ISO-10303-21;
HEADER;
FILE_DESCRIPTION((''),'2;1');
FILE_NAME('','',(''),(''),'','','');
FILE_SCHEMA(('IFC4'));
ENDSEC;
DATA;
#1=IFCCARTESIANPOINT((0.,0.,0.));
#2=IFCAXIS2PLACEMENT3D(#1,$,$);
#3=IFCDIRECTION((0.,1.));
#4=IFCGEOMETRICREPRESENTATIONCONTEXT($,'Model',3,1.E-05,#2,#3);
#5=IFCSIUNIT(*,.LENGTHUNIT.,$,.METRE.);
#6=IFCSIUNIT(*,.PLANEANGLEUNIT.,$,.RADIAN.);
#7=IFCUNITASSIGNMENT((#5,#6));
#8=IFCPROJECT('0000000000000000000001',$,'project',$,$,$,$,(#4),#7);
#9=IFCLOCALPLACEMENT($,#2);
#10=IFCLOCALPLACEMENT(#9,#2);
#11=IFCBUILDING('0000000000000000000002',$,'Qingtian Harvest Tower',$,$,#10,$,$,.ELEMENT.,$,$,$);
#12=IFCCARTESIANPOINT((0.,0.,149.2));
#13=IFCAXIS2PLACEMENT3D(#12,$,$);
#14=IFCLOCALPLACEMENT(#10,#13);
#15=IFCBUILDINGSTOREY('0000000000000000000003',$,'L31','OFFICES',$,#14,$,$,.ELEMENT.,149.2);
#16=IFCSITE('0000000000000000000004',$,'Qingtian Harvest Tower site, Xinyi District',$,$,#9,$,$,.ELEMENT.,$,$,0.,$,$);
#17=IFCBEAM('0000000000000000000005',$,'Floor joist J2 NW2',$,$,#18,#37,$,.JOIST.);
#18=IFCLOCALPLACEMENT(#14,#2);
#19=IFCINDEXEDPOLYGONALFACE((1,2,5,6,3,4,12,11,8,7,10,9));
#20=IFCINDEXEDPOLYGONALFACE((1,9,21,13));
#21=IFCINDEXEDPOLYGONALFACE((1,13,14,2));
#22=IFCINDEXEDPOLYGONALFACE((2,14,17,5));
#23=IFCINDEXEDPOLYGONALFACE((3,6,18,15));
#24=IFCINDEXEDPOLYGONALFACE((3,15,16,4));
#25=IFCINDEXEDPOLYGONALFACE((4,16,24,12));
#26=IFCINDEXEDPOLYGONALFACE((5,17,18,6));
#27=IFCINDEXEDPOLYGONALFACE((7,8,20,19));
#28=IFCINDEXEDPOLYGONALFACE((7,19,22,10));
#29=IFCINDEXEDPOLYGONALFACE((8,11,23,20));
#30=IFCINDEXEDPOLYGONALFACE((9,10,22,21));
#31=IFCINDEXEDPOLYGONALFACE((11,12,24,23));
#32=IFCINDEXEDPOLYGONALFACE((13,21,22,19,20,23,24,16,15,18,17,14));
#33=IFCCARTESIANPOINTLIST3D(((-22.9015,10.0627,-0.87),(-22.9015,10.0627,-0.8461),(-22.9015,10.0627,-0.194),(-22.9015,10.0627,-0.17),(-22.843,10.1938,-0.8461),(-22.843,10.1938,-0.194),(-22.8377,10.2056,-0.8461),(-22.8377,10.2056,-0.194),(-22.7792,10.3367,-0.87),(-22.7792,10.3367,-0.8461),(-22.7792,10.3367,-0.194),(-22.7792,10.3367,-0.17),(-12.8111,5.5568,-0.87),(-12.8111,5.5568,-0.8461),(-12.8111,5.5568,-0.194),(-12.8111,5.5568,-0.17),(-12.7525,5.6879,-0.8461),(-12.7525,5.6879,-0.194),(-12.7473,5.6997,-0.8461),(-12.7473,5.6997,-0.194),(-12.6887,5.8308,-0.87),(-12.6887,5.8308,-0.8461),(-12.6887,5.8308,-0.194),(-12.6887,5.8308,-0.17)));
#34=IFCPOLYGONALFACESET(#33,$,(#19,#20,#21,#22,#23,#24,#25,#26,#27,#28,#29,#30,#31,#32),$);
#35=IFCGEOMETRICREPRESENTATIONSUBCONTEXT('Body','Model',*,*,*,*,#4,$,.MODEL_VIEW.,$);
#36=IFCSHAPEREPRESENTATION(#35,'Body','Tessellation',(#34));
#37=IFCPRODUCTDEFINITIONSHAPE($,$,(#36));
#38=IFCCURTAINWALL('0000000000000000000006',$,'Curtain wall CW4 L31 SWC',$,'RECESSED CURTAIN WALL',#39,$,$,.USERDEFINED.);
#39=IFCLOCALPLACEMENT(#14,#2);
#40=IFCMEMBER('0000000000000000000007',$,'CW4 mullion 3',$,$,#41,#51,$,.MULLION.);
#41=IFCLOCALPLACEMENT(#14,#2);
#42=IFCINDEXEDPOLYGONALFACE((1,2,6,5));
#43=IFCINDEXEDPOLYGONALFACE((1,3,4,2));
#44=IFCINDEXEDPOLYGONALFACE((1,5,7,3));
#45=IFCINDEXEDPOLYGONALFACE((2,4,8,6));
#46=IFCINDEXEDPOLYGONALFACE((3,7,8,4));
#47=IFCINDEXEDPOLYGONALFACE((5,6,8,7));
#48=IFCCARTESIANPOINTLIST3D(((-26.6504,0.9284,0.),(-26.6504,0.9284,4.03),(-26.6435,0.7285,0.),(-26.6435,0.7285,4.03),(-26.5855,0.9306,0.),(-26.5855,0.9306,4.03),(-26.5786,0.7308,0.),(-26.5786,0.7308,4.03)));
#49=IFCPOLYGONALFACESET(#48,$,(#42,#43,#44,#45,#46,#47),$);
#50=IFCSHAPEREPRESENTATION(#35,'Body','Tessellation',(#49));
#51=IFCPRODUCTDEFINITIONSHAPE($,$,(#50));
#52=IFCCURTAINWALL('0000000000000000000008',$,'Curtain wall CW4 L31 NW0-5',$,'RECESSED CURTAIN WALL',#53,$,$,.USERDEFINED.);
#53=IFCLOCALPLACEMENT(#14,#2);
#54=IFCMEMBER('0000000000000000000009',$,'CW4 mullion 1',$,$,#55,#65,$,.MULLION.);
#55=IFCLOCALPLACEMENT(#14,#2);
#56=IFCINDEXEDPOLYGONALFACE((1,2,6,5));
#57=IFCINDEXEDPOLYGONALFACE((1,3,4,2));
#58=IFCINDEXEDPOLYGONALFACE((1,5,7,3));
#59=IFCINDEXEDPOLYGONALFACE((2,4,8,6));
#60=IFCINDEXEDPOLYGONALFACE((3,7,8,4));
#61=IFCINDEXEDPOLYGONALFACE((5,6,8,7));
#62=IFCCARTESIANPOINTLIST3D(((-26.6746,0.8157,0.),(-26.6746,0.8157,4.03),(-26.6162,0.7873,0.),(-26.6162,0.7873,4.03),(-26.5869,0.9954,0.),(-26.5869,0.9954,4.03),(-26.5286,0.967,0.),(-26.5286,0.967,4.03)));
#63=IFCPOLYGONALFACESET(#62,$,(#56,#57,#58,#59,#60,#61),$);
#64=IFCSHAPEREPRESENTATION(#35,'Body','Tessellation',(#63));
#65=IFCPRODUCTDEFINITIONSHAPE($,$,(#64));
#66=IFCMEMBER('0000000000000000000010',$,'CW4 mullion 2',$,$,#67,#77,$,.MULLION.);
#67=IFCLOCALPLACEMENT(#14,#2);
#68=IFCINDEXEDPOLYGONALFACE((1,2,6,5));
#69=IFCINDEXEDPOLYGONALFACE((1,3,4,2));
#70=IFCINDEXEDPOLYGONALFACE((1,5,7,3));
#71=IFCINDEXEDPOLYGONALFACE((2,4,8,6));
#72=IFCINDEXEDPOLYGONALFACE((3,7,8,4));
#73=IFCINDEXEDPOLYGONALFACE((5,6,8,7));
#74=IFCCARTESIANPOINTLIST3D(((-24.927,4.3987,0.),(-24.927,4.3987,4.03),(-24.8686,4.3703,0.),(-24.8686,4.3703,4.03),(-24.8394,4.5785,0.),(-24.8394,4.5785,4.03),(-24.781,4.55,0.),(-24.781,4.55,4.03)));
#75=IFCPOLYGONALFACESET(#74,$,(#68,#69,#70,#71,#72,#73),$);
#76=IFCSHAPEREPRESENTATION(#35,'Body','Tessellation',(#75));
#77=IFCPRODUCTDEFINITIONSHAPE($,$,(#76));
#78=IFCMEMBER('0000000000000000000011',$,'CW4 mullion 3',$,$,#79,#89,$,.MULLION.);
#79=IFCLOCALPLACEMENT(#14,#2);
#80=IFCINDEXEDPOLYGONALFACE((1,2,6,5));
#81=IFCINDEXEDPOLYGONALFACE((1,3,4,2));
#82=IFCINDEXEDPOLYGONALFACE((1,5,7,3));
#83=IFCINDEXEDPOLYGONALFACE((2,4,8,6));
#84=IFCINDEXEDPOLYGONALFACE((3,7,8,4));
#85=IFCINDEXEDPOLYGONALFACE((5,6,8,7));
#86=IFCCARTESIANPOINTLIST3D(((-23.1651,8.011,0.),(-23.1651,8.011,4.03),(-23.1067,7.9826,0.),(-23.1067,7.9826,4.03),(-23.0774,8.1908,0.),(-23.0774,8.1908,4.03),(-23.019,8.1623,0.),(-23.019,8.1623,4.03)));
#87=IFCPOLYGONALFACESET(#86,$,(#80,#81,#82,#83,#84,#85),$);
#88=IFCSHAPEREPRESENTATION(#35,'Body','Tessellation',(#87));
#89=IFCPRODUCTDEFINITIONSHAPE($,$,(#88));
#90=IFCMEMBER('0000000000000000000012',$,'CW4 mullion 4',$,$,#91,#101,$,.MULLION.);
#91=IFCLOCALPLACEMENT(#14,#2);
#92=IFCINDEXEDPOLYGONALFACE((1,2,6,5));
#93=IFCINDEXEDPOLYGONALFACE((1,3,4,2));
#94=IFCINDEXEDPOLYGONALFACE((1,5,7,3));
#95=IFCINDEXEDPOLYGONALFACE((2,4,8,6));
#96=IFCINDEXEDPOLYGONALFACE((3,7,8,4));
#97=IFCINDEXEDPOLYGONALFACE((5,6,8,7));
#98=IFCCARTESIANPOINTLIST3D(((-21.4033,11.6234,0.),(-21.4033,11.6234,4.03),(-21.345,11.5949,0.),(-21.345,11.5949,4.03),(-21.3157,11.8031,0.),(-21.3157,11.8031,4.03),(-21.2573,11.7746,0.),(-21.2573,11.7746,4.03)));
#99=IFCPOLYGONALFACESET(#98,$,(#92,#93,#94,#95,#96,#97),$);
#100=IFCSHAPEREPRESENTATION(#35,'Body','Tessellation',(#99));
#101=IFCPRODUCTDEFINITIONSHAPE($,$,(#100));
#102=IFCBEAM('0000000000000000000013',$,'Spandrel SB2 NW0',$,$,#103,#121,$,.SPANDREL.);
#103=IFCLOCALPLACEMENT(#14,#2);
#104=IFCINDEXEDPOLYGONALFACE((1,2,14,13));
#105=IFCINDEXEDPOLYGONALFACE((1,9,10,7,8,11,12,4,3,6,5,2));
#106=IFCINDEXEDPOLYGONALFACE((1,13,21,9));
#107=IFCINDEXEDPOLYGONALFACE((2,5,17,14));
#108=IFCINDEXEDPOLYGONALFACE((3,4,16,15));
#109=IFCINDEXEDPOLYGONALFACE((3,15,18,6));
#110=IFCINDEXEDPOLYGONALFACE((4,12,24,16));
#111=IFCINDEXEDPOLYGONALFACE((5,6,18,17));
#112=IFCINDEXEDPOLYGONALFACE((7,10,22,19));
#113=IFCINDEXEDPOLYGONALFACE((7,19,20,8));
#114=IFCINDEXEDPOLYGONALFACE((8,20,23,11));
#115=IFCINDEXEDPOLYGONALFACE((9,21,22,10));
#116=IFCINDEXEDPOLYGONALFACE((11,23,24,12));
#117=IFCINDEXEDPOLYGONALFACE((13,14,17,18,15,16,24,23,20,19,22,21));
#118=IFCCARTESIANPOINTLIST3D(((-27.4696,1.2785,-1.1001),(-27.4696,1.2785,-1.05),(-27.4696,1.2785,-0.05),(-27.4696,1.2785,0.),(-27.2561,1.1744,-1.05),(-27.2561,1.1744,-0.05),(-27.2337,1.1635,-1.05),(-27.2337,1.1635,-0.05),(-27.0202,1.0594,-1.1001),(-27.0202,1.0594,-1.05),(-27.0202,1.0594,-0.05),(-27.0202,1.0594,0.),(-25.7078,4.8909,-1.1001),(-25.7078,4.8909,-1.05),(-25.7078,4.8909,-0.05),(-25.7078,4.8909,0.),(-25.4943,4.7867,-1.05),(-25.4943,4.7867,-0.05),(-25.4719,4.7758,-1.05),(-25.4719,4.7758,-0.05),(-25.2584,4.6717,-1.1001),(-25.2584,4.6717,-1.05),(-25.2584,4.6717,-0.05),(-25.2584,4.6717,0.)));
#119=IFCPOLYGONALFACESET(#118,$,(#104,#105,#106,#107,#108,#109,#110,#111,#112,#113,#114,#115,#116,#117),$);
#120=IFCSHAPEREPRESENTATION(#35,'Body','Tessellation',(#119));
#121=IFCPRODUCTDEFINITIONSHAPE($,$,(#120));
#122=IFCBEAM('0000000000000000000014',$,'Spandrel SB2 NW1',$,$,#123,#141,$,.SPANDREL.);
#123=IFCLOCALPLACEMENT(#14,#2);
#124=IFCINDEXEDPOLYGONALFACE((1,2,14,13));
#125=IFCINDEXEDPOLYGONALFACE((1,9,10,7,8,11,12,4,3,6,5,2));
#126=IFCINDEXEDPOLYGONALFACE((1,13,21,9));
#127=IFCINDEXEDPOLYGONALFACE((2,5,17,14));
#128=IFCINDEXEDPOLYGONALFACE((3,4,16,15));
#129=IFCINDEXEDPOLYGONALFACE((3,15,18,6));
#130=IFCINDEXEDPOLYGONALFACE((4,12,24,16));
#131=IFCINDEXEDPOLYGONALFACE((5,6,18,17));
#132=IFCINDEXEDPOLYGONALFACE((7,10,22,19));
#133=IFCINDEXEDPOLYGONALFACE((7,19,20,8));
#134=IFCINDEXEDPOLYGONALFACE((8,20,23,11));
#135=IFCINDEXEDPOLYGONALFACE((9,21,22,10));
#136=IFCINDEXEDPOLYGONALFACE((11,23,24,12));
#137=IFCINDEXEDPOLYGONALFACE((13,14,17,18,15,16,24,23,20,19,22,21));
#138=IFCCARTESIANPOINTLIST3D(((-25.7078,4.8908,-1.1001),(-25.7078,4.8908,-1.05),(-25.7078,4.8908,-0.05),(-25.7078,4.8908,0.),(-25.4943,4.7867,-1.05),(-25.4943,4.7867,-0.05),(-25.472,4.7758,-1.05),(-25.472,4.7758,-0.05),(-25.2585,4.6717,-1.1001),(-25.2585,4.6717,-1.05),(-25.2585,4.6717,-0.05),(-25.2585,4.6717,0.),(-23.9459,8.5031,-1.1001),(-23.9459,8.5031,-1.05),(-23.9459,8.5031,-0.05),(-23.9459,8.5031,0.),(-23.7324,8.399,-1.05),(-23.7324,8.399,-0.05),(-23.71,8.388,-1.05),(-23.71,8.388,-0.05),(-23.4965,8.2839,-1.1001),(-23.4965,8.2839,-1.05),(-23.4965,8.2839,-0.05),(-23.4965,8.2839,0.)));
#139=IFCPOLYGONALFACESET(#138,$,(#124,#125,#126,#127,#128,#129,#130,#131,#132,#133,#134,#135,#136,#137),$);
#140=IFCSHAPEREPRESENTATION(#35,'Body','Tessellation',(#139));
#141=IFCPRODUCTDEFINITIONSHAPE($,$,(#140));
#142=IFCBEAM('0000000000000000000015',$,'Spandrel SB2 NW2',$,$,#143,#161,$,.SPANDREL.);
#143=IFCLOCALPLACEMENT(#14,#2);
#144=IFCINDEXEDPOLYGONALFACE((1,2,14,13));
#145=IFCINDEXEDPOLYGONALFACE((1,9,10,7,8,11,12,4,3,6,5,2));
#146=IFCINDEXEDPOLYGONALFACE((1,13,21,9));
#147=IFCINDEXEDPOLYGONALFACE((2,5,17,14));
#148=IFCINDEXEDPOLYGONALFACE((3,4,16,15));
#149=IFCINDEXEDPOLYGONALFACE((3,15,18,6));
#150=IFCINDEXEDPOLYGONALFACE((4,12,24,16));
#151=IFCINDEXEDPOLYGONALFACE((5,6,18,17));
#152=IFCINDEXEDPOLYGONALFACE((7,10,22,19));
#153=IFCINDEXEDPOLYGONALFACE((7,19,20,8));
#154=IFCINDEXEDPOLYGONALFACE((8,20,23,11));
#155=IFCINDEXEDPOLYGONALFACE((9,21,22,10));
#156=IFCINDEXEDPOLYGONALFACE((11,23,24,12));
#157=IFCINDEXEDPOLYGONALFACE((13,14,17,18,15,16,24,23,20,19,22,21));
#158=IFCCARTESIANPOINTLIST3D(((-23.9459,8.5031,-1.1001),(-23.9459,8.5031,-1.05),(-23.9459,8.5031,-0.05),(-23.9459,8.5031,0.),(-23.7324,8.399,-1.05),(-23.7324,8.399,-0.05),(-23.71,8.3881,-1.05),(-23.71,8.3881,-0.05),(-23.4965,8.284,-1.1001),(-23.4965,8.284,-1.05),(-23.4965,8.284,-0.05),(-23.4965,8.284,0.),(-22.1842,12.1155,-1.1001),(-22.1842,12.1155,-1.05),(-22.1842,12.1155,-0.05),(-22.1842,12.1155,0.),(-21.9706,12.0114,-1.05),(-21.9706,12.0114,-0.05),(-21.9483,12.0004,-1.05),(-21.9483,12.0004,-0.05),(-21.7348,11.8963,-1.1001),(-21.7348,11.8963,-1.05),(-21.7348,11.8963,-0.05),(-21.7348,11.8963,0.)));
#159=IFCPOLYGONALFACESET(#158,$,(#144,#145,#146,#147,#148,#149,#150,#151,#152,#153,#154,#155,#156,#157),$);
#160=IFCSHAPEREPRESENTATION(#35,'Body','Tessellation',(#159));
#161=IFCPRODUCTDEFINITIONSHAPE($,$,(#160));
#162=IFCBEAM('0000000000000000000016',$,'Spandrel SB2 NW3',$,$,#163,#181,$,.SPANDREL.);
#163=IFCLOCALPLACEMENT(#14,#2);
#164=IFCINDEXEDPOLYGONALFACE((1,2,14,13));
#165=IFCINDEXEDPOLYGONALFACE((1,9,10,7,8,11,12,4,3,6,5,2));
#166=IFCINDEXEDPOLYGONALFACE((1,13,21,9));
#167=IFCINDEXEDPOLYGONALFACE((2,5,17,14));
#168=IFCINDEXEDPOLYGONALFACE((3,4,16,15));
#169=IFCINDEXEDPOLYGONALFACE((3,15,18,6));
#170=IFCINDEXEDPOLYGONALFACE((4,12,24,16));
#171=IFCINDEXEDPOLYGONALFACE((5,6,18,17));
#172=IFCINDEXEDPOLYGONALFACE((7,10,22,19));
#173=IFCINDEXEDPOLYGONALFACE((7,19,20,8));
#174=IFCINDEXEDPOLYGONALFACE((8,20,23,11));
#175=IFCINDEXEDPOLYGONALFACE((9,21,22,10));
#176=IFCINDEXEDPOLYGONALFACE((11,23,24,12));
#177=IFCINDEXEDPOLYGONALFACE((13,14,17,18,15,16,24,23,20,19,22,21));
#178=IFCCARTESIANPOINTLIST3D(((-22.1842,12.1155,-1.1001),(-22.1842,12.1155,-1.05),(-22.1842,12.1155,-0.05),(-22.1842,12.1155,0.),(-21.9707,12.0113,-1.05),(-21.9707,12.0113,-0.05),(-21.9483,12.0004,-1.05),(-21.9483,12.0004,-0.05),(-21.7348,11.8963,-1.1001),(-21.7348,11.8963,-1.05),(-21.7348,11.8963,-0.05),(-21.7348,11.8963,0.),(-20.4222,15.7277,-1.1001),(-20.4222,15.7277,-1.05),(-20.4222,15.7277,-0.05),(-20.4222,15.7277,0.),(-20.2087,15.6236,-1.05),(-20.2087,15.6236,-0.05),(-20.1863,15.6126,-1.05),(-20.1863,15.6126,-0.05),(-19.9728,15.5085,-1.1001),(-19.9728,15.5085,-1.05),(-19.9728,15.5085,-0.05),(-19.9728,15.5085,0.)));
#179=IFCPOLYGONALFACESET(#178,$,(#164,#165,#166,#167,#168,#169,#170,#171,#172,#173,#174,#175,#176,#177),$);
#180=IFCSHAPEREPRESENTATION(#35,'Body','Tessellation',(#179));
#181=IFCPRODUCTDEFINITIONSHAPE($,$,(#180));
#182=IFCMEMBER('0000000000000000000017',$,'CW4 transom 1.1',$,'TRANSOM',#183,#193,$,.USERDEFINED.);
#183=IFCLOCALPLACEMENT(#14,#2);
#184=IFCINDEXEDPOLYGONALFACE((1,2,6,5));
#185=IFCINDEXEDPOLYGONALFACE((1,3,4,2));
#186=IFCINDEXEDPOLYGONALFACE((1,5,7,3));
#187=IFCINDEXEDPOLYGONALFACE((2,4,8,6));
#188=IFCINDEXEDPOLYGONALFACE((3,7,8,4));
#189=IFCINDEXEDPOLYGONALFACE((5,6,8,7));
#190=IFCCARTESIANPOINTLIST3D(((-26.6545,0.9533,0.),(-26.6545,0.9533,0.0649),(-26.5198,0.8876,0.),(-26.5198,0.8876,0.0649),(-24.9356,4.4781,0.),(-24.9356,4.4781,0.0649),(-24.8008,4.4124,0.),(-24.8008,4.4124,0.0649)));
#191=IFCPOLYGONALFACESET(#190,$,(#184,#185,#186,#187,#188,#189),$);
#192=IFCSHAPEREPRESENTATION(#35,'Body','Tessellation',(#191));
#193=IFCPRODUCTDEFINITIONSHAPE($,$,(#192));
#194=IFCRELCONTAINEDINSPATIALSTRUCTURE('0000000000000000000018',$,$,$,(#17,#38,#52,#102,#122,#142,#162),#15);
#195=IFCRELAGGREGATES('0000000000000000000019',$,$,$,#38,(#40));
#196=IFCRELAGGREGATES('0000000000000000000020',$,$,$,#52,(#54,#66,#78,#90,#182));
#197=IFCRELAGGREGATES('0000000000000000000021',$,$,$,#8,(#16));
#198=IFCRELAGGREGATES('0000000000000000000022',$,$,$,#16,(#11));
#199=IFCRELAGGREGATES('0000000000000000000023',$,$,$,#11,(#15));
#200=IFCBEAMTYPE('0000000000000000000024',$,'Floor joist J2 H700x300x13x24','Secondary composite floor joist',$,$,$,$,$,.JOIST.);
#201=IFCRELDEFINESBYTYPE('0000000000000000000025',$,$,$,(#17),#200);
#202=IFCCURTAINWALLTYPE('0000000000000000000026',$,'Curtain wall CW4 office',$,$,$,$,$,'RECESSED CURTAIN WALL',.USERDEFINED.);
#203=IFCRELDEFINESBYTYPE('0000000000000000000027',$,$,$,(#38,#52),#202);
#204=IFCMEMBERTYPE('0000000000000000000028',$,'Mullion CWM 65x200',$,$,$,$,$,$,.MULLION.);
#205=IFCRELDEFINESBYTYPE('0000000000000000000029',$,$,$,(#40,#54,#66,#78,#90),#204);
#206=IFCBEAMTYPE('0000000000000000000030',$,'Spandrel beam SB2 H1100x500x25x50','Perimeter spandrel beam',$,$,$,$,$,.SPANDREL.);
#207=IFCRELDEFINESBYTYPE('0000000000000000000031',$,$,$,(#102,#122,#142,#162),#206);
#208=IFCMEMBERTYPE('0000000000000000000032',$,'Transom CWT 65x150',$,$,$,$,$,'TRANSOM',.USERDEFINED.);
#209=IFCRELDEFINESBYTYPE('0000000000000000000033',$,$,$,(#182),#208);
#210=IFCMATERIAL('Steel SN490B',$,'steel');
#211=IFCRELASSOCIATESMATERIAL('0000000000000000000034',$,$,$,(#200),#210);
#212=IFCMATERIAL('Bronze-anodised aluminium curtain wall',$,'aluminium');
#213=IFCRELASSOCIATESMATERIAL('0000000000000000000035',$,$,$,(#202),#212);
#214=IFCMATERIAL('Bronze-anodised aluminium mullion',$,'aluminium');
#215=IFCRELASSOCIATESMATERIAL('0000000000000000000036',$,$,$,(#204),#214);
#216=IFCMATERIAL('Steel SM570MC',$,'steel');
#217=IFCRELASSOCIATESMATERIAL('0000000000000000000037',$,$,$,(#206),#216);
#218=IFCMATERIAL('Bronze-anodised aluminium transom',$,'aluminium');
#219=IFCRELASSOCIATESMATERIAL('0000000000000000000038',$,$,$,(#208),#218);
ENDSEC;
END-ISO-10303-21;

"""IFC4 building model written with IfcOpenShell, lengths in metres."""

from ifc_helpers import new_model, si_unit, direction, frame, origin, origin_2d, place, context, subcontext, project, spatial, rectangle, i_section, extrude, material, material_profile, profile_set, type_object, element, aggregate, save


model = new_model("IFC4")

# Units and contexts
model_context = context("Model", 3, precision=1e-05, world=origin(), true_north=direction((0.0, 1.0)))
body_context = subcontext(model_context, "Body", "Model", "MODEL_VIEW")
ifc_project = project(units=[si_unit("LENGTHUNIT", "METRE"), si_unit("PLANEANGLEUNIT", "RADIAN")], contexts=[model_context])

# Site, building, storey
site_placement = place(None, origin())
site = spatial("IfcSite", under=ifc_project, at=site_placement, Name="Qingtian Harvest Tower site, Xinyi District", CompositionType="ELEMENT", RefElevation=0.0)
building_placement = place(site_placement, origin())
building = spatial("IfcBuilding", under=site, at=building_placement, Name="Qingtian Harvest Tower", CompositionType="ELEMENT")
storey_placement = place(building_placement, frame((0.0, 0.0, 149.2)))
storey = spatial("IfcBuildingStorey", under=building, at=storey_placement, Name="L31", Description="OFFICES", CompositionType="ELEMENT", Elevation=149.2)

# Beam
ifc_material_1 = material(Name="Steel SN490B", Category="steel")
ifc_material_profile_1 = material_profile(ifc_material_1, i_section(OverallWidth=0.3, OverallDepth=0.7, WebThickness=0.0129, FlangeThickness=0.0239, at=origin_2d()), Name="H700x300x13x24")
ifc_profile_set_1 = profile_set([ifc_material_profile_1], Name="Steel SN490B")
beam_type_1 = type_object("IfcBeamType", Name="Floor joist J2 H700x300x13x24", Description="Secondary composite floor joist", PredefinedType="JOIST", material=ifc_profile_set_1)
beam_1_placement = place(storey_placement, frame((-22.8403, 10.1997, -0.52), z_axis=(0.913096, -0.407745, 0.0), x_axis=(0.407745, 0.913096, 0.0)))
element("IfcBeam", 1, at=beam_1_placement, inside=storey, type_object=beam_type_1, Name="Floor joist J2 NW2", PredefinedType="JOIST", context=body_context, shape_type="SweptSolid", body=[
    extrude(i_section(OverallWidth=0.3, OverallDepth=0.7, WebThickness=0.0129, FlangeThickness=0.0239, at=origin_2d()), origin(), (0.0, 0.0, 1.0), 11.0508),
])

# Curtain wall, member
ifc_material_2 = material(Name="Bronze-anodised aluminium curtain wall", Category="aluminium")
curtain_wall_type = type_object("IfcCurtainWallType", Name="Curtain wall CW4 office", ElementType="RECESSED CURTAIN WALL", PredefinedType="USERDEFINED", material=ifc_material_2)
curtain_wall_1_placement = place(storey_placement, origin())
curtain_wall_1 = element("IfcCurtainWall", 2, at=curtain_wall_1_placement, inside=storey, type_object=curtain_wall_type, Name="Curtain wall CW4 L31 SWC", ObjectType="RECESSED CURTAIN WALL", PredefinedType="USERDEFINED")
ifc_material_3 = material(Name="Bronze-anodised aluminium mullion", Category="aluminium")
ifc_material_profile_2 = material_profile(ifc_material_3, rectangle(XDim=0.0649, YDim=0.2, at=origin_2d()), Name="AL 65x200")
ifc_profile_set_2 = profile_set([ifc_material_profile_2], Name="Bronze-anodised aluminium mullion")
member_type_1 = type_object("IfcMemberType", Name="Mullion CWM 65x200", PredefinedType="MULLION", material=ifc_profile_set_2)
member_1_placement = place(storey_placement, frame((-26.6145, 0.8296, 0.0), z_axis=(0.0, 0.0, 1.0), x_axis=(-0.999391, -0.034899, 0.0)))
member_1 = element("IfcMember", 3, at=member_1_placement, type_object=member_type_1, Name="CW4 mullion 3", PredefinedType="MULLION", context=body_context, shape_type="SweptSolid", body=[
    extrude(rectangle(XDim=0.0649, YDim=0.2, at=origin_2d()), origin(), (0.0, 0.0, 1.0), 4.03),
])
aggregate(curtain_wall_1, [member_1])

# Curtain wall, members
curtain_wall_2_placement = place(storey_placement, origin())
curtain_wall_2 = element("IfcCurtainWall", 4, at=curtain_wall_2_placement, inside=storey, type_object=curtain_wall_type, Name="Curtain wall CW4 L31 NW0-5", ObjectType="RECESSED CURTAIN WALL", PredefinedType="USERDEFINED")
member_2_placement = place(storey_placement, frame((-26.6016, 0.8914, 0.0), z_axis=(0.0, 0.0, 1.0), x_axis=(-0.898794, 0.438371, 0.0)))
member_2 = element("IfcMember", 5, at=member_2_placement, type_object=member_type_1, Name="CW4 mullion 1", PredefinedType="MULLION", context=body_context, shape_type="SweptSolid", body=[
    extrude(rectangle(XDim=0.0649, YDim=0.2, at=origin_2d()), origin(), (0.0, 0.0, 1.0), 4.03),
])
member_3_placement = place(storey_placement, frame((-24.854, 4.4744, 0.0), z_axis=(0.0, 0.0, 1.0), x_axis=(-0.898794, 0.438371, 0.0)))
member_3 = element("IfcMember", 6, at=member_3_placement, type_object=member_type_1, Name="CW4 mullion 2", PredefinedType="MULLION", context=body_context, shape_type="SweptSolid", body=[
    extrude(rectangle(XDim=0.0649, YDim=0.2, at=origin_2d()), origin(), (0.0, 0.0, 1.0), 4.03),
])
member_4_placement = place(storey_placement, frame((-23.092, 8.0867, 0.0), z_axis=(0.0, 0.0, 1.0), x_axis=(-0.898794, 0.438371, 0.0)))
member_4 = element("IfcMember", 7, at=member_4_placement, type_object=member_type_1, Name="CW4 mullion 3", PredefinedType="MULLION", context=body_context, shape_type="SweptSolid", body=[
    extrude(rectangle(XDim=0.0649, YDim=0.2, at=origin_2d()), origin(), (0.0, 0.0, 1.0), 4.03),
])
member_5_placement = place(storey_placement, frame((-21.3303, 11.699, 0.0), z_axis=(0.0, 0.0, 1.0), x_axis=(-0.898794, 0.438371, 0.0)))
member_5 = element("IfcMember", 8, at=member_5_placement, type_object=member_type_1, Name="CW4 mullion 4", PredefinedType="MULLION", context=body_context, shape_type="SweptSolid", body=[
    extrude(rectangle(XDim=0.0649, YDim=0.2, at=origin_2d()), origin(), (0.0, 0.0, 1.0), 4.03),
])

# Beams
ifc_material_4 = material(Name="Steel SM570MC", Category="steel")
ifc_material_profile_3 = material_profile(ifc_material_4, i_section(OverallWidth=0.5, OverallDepth=1.1001, WebThickness=0.0249, FlangeThickness=0.05, at=origin_2d()), Name="H1100x500x25x50")
ifc_profile_set_3 = profile_set([ifc_material_profile_3], Name="Steel SM570MC")
beam_type_2 = type_object("IfcBeamType", Name="Spandrel beam SB2 H1100x500x25x50", Description="Perimeter spandrel beam", PredefinedType="SPANDREL", material=ifc_profile_set_3)
for number, where, z_axis, x_axis, name in (
    (9, (-27.2449, 1.1689, -0.55), (0.438347, 0.898806, 0.0), (-0.898806, 0.438347, 0.0), "Spandrel SB2 NW0"),
    (10, (-25.4832, 4.7812, -0.55), (0.438396, 0.898782, 0.0), (-0.898782, 0.438396, 0.0), "Spandrel SB2 NW1"),
    (11, (-23.7212, 8.3936, -0.55), (0.438347, 0.898806, 0.0), (-0.898806, 0.438347, 0.0), "Spandrel SB2 NW2"),
    (12, (-21.9595, 12.0059, -0.55), (0.438396, 0.898782, 0.0), (-0.898782, 0.438396, 0.0), "Spandrel SB2 NW3"),
):
    element("IfcBeam", number, at=place(storey_placement, frame(where, z_axis=z_axis, x_axis=x_axis)), inside=storey, type_object=beam_type_2, Name=name, PredefinedType="SPANDREL", context=body_context, shape_type="SweptSolid", body=[
        extrude(i_section(OverallWidth=0.5, OverallDepth=1.1001, WebThickness=0.0249, FlangeThickness=0.05, at=origin_2d()), origin(), (0.0, 0.0, 1.0), 4.019),
    ])

# Member
ifc_material_5 = material(Name="Bronze-anodised aluminium transom", Category="aluminium")
ifc_material_profile_4 = material_profile(ifc_material_5, rectangle(XDim=0.1499, YDim=0.0649, at=origin_2d()), Name="AL 65x150")
ifc_profile_set_4 = profile_set([ifc_material_profile_4], Name="Bronze-anodised aluminium transom")
member_type_2 = type_object("IfcMemberType", Name="Transom CWT 65x150", ElementType="TRANSOM", PredefinedType="USERDEFINED", material=ifc_profile_set_4)
member_6_placement = place(storey_placement, frame((-26.5872, 0.9204, 0.0325), z_axis=(0.438327, 0.898816, 0.0), x_axis=(-0.898816, 0.438327, 0.0)))
member_6 = element("IfcMember", 13, at=member_6_placement, type_object=member_type_2, Name="CW4 transom 1.1", ObjectType="TRANSOM", PredefinedType="USERDEFINED", context=body_context, shape_type="SweptSolid", body=[
    extrude(rectangle(XDim=0.1499, YDim=0.0649, at=origin_2d()), origin(), (0.0, 0.0, 1.0), 3.9216),
])

aggregate(curtain_wall_2, [member_2, member_3, member_4, member_5, member_6])

save(model, "model.ifc")
